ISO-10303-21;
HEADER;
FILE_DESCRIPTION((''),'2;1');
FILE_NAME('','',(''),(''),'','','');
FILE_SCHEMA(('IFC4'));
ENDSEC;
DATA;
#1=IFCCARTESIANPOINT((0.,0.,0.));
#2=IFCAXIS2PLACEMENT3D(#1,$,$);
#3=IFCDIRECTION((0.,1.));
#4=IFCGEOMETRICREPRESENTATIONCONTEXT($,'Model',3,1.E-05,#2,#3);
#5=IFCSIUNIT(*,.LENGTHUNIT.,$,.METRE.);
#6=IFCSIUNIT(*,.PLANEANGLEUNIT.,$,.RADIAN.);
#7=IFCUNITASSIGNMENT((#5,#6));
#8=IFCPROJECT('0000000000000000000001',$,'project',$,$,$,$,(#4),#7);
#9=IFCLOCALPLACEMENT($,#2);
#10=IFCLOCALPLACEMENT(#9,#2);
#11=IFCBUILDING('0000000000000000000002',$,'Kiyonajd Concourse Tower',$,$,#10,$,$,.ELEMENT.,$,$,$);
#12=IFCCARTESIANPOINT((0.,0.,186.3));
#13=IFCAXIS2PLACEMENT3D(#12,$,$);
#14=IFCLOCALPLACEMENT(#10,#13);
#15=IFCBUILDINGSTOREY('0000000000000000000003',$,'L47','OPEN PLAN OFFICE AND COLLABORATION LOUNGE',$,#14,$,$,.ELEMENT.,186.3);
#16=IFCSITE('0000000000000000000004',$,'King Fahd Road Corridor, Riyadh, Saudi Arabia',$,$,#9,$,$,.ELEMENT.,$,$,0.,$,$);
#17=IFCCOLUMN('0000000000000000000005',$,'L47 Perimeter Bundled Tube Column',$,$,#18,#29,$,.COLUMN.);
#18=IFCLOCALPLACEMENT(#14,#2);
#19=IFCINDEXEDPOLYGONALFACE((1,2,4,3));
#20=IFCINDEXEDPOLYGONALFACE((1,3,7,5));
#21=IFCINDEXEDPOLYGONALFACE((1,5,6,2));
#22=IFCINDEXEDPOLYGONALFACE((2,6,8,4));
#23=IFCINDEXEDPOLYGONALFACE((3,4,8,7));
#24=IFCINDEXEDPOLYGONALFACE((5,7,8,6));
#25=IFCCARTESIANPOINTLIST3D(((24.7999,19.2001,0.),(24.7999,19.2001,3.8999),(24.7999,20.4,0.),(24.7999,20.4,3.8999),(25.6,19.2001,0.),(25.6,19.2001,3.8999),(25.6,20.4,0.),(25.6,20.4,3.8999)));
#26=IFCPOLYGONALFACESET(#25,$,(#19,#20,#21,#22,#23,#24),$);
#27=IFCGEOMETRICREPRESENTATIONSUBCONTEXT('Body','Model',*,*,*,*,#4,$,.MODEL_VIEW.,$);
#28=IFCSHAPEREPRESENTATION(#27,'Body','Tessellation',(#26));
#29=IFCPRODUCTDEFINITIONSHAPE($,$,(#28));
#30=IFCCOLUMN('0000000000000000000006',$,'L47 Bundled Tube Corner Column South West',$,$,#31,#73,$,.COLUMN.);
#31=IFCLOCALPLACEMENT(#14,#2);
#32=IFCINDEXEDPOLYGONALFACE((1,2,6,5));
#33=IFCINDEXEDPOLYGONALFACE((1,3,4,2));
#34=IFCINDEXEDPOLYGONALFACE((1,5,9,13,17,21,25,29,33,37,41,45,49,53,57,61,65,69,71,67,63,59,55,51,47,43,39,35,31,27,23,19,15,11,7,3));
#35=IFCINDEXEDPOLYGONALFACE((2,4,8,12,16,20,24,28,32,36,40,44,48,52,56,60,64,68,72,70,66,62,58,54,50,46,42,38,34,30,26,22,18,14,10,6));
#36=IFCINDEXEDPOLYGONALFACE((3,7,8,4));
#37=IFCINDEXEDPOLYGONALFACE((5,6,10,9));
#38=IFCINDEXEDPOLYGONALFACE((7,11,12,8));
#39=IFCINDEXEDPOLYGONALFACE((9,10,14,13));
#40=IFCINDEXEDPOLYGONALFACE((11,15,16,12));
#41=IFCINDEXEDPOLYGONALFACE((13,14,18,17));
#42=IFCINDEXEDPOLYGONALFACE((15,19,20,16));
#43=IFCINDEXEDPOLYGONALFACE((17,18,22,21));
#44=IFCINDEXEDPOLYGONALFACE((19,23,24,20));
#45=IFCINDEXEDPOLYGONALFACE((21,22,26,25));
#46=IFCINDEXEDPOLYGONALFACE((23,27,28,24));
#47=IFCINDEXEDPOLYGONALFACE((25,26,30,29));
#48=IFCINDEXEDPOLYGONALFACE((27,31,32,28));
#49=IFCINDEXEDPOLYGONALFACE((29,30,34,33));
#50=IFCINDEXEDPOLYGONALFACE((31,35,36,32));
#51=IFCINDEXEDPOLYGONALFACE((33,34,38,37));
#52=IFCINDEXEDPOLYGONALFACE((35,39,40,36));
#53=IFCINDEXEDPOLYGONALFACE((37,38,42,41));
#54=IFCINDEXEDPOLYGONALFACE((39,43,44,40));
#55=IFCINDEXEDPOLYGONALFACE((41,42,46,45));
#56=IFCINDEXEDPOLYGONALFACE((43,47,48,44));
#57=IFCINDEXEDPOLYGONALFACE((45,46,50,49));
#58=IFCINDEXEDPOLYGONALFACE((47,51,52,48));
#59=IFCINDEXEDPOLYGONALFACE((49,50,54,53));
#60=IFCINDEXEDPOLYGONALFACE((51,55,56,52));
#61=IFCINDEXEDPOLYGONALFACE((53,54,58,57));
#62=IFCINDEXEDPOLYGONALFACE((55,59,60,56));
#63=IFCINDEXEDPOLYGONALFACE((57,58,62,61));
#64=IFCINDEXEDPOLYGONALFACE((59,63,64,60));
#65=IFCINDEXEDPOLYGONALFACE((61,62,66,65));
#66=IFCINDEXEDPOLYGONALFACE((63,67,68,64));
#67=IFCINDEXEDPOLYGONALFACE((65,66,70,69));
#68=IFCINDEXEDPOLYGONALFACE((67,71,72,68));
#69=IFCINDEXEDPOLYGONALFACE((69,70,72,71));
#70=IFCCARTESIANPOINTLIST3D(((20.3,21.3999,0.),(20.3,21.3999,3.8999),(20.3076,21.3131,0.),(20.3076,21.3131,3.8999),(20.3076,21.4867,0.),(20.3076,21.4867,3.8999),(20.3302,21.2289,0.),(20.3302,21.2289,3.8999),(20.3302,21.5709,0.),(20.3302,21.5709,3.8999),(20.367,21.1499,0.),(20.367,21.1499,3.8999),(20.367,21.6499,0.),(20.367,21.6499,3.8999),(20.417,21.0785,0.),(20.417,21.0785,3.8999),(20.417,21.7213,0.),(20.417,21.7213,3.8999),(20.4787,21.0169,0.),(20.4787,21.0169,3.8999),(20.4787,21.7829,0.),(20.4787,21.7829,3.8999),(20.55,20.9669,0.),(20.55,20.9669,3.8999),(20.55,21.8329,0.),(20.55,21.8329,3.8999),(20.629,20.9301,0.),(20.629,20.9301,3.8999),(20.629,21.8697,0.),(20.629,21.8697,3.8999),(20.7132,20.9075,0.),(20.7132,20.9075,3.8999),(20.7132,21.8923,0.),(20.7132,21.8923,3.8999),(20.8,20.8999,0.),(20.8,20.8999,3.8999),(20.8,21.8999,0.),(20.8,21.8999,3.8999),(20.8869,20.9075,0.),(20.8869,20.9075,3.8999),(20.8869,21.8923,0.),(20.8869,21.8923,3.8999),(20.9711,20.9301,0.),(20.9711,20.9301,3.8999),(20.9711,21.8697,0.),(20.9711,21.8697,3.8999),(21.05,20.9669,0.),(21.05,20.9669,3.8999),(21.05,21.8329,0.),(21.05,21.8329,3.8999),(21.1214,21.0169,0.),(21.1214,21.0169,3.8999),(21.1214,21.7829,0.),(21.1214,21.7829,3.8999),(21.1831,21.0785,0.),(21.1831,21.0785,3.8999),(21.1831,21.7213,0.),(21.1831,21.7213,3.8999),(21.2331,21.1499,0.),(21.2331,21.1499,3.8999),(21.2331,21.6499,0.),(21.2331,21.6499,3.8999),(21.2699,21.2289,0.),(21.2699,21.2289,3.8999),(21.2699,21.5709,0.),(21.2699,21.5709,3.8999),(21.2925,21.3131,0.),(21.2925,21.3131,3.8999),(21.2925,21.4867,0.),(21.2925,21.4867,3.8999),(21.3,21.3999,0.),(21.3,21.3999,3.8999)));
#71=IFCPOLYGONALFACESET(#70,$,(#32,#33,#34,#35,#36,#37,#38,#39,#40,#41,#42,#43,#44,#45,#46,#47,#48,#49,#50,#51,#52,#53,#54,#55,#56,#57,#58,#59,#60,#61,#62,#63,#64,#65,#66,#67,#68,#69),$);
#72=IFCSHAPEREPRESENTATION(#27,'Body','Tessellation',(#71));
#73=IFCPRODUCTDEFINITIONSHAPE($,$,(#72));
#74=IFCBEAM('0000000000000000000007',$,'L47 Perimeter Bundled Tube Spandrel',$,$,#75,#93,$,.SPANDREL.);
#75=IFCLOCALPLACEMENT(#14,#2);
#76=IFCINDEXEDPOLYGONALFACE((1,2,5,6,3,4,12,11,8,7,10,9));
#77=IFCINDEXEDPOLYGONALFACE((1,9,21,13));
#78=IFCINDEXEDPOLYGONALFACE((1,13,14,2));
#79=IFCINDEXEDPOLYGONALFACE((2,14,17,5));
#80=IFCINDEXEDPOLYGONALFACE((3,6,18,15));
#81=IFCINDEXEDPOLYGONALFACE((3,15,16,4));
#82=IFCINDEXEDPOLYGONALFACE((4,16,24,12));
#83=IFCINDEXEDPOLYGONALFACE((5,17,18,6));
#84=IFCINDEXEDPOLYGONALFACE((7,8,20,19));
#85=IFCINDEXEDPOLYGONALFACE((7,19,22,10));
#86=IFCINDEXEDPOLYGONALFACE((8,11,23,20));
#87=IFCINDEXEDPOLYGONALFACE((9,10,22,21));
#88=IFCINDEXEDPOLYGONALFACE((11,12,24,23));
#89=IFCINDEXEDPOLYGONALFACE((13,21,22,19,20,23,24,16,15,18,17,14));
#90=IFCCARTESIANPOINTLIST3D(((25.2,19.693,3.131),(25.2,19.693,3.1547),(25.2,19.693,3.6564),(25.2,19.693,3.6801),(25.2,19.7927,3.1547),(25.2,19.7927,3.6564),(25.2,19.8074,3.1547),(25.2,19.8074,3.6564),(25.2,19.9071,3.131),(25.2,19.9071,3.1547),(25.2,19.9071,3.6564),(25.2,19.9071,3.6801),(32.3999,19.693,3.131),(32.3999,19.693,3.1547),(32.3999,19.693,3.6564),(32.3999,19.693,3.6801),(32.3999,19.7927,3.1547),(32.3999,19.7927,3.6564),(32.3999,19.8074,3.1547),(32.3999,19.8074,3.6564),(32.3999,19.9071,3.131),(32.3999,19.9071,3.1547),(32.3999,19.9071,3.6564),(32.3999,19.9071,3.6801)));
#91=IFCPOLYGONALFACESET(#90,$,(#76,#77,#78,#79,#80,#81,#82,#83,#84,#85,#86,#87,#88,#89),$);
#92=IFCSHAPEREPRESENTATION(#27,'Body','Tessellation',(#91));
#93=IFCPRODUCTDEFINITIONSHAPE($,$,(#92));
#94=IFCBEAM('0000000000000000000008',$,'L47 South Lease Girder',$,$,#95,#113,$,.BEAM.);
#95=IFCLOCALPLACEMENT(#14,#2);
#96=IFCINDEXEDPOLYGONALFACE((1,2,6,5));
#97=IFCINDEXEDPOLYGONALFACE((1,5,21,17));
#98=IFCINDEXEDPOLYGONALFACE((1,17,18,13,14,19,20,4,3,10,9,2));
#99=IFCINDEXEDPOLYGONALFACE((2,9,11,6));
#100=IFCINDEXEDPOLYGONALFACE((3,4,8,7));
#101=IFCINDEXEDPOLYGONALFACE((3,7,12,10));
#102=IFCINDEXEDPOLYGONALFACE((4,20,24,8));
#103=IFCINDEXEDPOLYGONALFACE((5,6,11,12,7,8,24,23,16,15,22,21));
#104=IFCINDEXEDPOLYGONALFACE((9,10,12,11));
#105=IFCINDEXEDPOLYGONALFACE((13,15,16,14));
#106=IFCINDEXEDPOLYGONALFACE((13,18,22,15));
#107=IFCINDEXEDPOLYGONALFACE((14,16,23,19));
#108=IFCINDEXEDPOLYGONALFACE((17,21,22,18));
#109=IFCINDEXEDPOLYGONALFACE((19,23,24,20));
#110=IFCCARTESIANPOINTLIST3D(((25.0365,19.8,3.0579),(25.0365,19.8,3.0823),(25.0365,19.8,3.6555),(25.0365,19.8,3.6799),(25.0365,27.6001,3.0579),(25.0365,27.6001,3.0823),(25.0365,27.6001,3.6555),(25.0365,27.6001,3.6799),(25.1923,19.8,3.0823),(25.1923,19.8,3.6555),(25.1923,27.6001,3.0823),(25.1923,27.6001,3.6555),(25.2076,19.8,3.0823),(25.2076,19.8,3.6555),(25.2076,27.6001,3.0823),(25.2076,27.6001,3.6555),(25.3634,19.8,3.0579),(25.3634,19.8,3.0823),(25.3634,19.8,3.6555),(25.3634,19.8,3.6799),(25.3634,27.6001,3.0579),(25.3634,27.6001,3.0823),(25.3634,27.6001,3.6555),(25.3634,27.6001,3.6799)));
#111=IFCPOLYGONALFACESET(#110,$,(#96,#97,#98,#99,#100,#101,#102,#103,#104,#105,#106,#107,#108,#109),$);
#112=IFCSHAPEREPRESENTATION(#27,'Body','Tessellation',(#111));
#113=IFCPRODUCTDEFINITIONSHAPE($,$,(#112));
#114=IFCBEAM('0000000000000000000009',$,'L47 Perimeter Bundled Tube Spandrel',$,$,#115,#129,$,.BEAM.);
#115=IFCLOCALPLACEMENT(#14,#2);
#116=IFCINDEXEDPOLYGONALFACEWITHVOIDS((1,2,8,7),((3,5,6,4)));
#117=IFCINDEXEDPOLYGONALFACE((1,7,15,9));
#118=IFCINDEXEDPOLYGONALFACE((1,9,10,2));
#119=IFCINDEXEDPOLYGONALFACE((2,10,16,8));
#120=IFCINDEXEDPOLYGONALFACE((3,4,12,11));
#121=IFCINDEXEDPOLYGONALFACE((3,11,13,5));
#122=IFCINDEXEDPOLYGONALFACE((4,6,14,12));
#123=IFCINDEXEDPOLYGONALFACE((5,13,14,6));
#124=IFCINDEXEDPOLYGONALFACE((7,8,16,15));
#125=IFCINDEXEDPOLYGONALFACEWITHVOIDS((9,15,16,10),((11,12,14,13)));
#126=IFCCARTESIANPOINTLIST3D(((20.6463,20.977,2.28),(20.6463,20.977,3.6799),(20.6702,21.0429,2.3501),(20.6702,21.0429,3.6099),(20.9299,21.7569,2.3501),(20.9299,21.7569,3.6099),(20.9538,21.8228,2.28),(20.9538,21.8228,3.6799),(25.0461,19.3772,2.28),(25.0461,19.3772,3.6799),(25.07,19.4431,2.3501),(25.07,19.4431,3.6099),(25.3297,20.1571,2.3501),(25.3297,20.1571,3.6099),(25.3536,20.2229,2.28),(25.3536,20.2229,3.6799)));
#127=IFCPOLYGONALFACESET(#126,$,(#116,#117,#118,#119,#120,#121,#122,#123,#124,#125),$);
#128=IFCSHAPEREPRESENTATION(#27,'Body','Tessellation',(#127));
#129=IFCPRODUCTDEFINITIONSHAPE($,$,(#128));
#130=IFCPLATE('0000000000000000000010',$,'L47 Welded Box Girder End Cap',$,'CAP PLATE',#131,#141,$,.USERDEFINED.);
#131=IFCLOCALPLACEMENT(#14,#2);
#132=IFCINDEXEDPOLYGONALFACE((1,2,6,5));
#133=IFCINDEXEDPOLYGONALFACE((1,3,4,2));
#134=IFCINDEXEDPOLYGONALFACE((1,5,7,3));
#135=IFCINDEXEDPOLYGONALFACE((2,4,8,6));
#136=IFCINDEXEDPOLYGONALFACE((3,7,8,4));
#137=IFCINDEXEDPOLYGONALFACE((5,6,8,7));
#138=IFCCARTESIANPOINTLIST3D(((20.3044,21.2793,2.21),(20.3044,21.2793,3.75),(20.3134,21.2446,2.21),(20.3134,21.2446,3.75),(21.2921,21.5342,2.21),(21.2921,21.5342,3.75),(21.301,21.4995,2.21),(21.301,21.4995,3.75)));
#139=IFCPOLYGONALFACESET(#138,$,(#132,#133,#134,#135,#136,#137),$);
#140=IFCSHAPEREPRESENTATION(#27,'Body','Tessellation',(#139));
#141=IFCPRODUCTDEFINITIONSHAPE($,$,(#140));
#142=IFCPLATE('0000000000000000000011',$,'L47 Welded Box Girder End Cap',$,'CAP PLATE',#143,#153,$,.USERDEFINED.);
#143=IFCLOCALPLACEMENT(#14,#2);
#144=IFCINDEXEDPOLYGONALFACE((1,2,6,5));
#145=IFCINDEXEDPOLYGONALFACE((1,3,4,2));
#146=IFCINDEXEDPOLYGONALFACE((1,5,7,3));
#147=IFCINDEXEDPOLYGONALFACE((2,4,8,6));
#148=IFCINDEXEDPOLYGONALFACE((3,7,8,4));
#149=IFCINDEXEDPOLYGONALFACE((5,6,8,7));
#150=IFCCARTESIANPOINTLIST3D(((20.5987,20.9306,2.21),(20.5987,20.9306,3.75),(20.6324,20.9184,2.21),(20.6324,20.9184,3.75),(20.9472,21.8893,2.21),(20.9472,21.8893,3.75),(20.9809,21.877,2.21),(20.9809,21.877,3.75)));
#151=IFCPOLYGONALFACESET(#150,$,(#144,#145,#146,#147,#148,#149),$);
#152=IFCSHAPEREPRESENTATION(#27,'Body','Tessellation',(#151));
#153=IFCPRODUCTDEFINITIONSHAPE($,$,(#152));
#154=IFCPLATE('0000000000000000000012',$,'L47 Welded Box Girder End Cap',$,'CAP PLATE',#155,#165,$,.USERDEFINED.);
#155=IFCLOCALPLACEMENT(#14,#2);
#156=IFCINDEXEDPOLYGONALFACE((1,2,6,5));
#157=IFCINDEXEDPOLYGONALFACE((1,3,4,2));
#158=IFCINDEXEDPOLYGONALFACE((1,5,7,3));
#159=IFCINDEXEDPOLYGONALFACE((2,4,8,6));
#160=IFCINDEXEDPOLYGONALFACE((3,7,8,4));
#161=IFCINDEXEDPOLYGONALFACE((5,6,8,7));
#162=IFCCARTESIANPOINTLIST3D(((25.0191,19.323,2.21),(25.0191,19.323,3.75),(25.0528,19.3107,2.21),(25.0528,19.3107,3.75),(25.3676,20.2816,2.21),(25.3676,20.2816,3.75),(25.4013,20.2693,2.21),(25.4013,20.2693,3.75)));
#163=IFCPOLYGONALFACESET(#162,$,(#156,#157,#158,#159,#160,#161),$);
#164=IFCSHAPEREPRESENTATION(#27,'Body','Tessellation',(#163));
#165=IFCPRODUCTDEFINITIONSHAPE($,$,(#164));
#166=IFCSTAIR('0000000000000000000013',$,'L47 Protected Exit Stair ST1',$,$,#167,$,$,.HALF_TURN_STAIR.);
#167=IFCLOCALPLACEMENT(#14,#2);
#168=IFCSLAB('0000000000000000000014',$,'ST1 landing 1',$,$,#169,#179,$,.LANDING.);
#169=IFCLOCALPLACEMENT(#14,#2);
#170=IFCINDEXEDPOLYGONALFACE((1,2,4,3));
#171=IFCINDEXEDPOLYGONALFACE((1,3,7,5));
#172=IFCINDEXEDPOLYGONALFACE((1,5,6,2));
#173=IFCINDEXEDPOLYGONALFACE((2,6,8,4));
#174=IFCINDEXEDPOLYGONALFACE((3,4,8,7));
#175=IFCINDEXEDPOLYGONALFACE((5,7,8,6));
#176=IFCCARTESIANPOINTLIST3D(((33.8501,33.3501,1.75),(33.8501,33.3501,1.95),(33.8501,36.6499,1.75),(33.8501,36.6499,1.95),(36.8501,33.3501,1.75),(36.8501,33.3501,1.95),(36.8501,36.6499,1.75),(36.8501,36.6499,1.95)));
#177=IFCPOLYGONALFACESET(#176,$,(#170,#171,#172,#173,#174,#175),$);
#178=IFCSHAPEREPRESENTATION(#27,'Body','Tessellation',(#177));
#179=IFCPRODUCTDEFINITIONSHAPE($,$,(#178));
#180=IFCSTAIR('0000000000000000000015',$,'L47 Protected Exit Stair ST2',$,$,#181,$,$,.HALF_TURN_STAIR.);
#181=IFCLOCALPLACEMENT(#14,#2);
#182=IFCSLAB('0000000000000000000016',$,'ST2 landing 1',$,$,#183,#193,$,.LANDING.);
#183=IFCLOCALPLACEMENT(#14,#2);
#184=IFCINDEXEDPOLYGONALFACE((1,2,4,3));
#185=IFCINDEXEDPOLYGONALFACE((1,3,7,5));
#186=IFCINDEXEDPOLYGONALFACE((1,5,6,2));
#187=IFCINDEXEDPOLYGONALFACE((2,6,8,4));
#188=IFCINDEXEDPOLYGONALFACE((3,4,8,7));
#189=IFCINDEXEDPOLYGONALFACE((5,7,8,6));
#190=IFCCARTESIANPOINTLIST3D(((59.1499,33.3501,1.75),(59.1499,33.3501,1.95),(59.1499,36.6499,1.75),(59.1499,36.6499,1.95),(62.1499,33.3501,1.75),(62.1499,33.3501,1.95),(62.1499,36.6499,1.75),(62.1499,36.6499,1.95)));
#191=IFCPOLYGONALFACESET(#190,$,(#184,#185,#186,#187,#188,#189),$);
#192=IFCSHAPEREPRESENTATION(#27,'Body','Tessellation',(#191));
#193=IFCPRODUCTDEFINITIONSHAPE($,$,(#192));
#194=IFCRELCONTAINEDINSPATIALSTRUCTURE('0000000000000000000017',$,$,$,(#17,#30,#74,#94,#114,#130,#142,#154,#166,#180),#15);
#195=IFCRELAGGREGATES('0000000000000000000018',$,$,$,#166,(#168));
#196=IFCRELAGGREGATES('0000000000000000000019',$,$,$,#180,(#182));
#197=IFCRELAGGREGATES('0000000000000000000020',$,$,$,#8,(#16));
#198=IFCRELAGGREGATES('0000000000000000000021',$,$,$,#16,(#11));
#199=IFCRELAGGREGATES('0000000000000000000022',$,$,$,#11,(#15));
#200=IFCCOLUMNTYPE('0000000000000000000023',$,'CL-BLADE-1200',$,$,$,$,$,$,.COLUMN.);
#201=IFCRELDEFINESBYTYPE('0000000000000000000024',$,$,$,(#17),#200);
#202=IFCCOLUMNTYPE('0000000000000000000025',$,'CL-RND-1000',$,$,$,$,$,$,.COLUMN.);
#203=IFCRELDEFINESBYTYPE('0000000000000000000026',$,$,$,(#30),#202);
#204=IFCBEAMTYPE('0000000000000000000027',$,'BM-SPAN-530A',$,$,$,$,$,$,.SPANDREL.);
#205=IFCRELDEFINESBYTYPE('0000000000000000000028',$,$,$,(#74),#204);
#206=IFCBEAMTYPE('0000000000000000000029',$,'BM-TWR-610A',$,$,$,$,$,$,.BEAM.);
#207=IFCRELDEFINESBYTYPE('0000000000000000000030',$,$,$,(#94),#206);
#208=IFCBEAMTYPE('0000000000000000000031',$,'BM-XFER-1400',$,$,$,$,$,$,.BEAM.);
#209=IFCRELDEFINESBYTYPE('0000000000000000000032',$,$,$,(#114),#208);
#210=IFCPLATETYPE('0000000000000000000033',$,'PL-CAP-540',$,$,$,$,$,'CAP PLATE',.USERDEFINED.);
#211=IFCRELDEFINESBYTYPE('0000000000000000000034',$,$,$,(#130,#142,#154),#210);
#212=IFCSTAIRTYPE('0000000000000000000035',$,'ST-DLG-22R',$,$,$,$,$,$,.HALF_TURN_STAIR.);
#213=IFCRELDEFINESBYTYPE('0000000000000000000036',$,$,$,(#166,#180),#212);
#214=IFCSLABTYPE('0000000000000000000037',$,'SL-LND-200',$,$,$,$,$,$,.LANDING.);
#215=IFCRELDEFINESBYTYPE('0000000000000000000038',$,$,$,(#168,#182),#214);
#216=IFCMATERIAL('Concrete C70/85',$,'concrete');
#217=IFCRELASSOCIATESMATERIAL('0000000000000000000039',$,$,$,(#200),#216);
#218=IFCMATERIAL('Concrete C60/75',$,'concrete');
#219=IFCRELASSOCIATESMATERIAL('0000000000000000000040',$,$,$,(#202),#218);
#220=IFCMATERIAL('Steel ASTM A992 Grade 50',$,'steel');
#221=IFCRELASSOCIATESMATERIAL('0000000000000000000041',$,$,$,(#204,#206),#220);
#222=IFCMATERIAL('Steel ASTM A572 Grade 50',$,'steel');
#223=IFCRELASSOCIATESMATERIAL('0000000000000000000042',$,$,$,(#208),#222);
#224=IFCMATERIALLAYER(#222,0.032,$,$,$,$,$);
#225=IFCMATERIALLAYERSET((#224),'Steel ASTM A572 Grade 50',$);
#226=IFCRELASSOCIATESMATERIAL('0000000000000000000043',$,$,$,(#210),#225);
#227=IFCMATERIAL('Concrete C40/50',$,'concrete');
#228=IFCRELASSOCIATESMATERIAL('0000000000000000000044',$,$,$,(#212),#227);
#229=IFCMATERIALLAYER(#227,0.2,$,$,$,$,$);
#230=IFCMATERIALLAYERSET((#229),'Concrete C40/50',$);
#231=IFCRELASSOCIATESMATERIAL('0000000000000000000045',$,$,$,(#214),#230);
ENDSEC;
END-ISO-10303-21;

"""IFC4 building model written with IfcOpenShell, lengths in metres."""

from ifc_helpers import new_model, si_unit, direction, frame, origin, origin_2d, place, context, subcontext, project, spatial, polyline, rectangle, hollow_rectangle, circle, i_section, outline, extrude, material, layer, layer_set, material_profile, profile_set, type_object, element, aggregate, save


model = new_model("IFC4")

# Units and contexts
model_context = context("Model", 3, precision=1e-05, world=origin(), true_north=direction((0.0, 1.0)))
body_context = subcontext(model_context, "Body", "Model", "MODEL_VIEW")
ifc_project = project(units=[si_unit("LENGTHUNIT", "METRE"), si_unit("PLANEANGLEUNIT", "RADIAN")], contexts=[model_context])

# Site, building, storey
site_placement = place(None, origin())
site = spatial("IfcSite", under=ifc_project, at=site_placement, Name="King Fahd Road Corridor, Riyadh, Saudi Arabia", CompositionType="ELEMENT", RefElevation=0.0)
building_placement = place(site_placement, origin())
building = spatial("IfcBuilding", under=site, at=building_placement, Name="Kiyonajd Concourse Tower", CompositionType="ELEMENT")
storey_placement = place(building_placement, frame((0.0, 0.0, 186.3)))
storey = spatial("IfcBuildingStorey", under=building, at=storey_placement, Name="L47", Description="OPEN PLAN OFFICE AND COLLABORATION LOUNGE", CompositionType="ELEMENT", Elevation=186.3)

# Columns
ifc_material_1 = material(Name="Concrete C70/85", Category="concrete")
ifc_material_profile_1 = material_profile(ifc_material_1, rectangle(XDim=0.8, YDim=1.2, at=origin_2d()), Name="RC-1200x800")
ifc_profile_set_1 = profile_set([ifc_material_profile_1], Name="Concrete C70/85")
column_type_1 = type_object("IfcColumnType", Name="CL-BLADE-1200", PredefinedType="COLUMN", material=ifc_profile_set_1)
column_1_placement = place(storey_placement, frame((25.2, 19.8, 0.0), z_axis=(0.0, 0.0, 1.0), x_axis=(1.0, 0.0, 0.0)))
element("IfcColumn", 1, at=column_1_placement, inside=storey, type_object=column_type_1, Name="L47 Perimeter Bundled Tube Column", PredefinedType="COLUMN", context=body_context, shape_type="SweptSolid", body=[
    extrude(rectangle(XDim=0.8, YDim=1.2, at=origin_2d()), origin(), (0.0, 0.0, 1.0), 3.8999),
])
ifc_material_2 = material(Name="Concrete C60/75", Category="concrete")
ifc_material_profile_2 = material_profile(ifc_material_2, circle(Radius=0.5, at=origin_2d()), Name="RCC-D1000")
ifc_profile_set_2 = profile_set([ifc_material_profile_2], Name="Concrete C60/75")
column_type_2 = type_object("IfcColumnType", Name="CL-RND-1000", PredefinedType="COLUMN", material=ifc_profile_set_2)
column_2_placement = place(storey_placement, frame((20.8, 21.3999, 0.0), z_axis=(0.0, 0.0, 1.0), x_axis=(1.0, 0.0, 0.0)))
element("IfcColumn", 2, at=column_2_placement, inside=storey, type_object=column_type_2, Name="L47 Bundled Tube Corner Column South West", PredefinedType="COLUMN", context=body_context, shape_type="SweptSolid", body=[
    extrude(circle(Radius=0.5, at=origin_2d()), origin(), (0.0, 0.0, 1.0), 3.8999),
])

# Beams
ifc_material_3 = material(Name="Steel ASTM A992 Grade 50", Category="steel")
ifc_material_profile_3 = material_profile(ifc_material_3, i_section(OverallWidth=0.2141, OverallDepth=0.5491, WebThickness=0.0146, FlangeThickness=0.0237, at=origin_2d()), Name="W530X138")
ifc_profile_set_3 = profile_set([ifc_material_profile_3], Name="Steel ASTM A992 Grade 50")
beam_type_1 = type_object("IfcBeamType", Name="BM-SPAN-530A", PredefinedType="SPANDREL", material=ifc_profile_set_3)
beam_1_placement = place(storey_placement, frame((25.2, 19.8, 3.4055), z_axis=(1.0, 0.0, 0.0), x_axis=(0.0, 1.0, 0.0)))
element("IfcBeam", 3, at=beam_1_placement, inside=storey, type_object=beam_type_1, Name="L47 Perimeter Bundled Tube Spandrel", PredefinedType="SPANDREL", context=body_context, shape_type="SweptSolid", body=[
    extrude(i_section(OverallWidth=0.2141, OverallDepth=0.5491, WebThickness=0.0146, FlangeThickness=0.0237, at=origin_2d()), origin(), (0.0, 0.0, 1.0), 7.2),
])
ifc_material_profile_4 = material_profile(ifc_material_3, i_section(OverallWidth=0.3269, OverallDepth=0.6221, WebThickness=0.0154, FlangeThickness=0.0244, at=origin_2d()), Name="W610X195")
ifc_profile_set_4 = profile_set([ifc_material_profile_4], Name="Steel ASTM A992 Grade 50")
beam_type_2 = type_object("IfcBeamType", Name="BM-TWR-610A", PredefinedType="BEAM", material=ifc_profile_set_4)
beam_2_placement = place(storey_placement, frame((25.2, 19.8, 3.3689), z_axis=(0.0, 1.0, 0.0), x_axis=(-1.0, 0.0, 0.0)))
element("IfcBeam", 4, at=beam_2_placement, inside=storey, type_object=beam_type_2, Name="L47 South Lease Girder", PredefinedType="BEAM", context=body_context, shape_type="SweptSolid", body=[
    extrude(i_section(OverallWidth=0.3269, OverallDepth=0.6221, WebThickness=0.0154, FlangeThickness=0.0244, at=origin_2d()), origin(), (0.0, 0.0, 1.0), 7.8),
])
ifc_material_4 = material(Name="Steel ASTM A572 Grade 50", Category="steel")
ifc_material_profile_5 = material_profile(ifc_material_4, hollow_rectangle(XDim=0.8999, YDim=1.3999, WallThickness=0.0701, at=origin_2d()), Name="BOX-1400x900x70")
ifc_profile_set_5 = profile_set([ifc_material_profile_5], Name="Steel ASTM A572 Grade 50")
beam_type_3 = type_object("IfcBeamType", Name="BM-XFER-1400", PredefinedType="BEAM", material=ifc_profile_set_5)
beam_3_placement = place(storey_placement, frame((20.8, 21.3999, 2.98), z_axis=(0.939801, -0.341722, 0.0), x_axis=(0.341722, 0.939801, 0.0)))
element("IfcBeam", 5, at=beam_3_placement, inside=storey, type_object=beam_type_3, Name="L47 Perimeter Bundled Tube Spandrel", PredefinedType="BEAM", context=body_context, shape_type="SweptSolid", body=[
    extrude(hollow_rectangle(XDim=0.8999, YDim=1.3999, WallThickness=0.0701, at=origin_2d()), origin(), (0.0, 0.0, 1.0), 4.6816),
])

# Plates
ifc_layer_1 = layer(ifc_material_4, 0.032)
ifc_layer_set_1 = layer_set([ifc_layer_1], Name="Steel ASTM A572 Grade 50")
plate_type = type_object("IfcPlateType", Name="PL-CAP-540", ElementType="CAP PLATE", PredefinedType="USERDEFINED", material=ifc_layer_set_1)
for number, where, z_axis, x_axis, name in (
    (6, (20.8027, 21.3894, 2.21), (0.0, 0.0, 1.0), (0.249873, -0.968279, 0.0), "L47 Welded Box Girder End Cap"),
    (7, (20.7898, 21.4038, 2.21), (0.0, 0.0, 1.0), (-0.939812, 0.341692, 0.0), "L47 Welded Box Girder End Cap"),
    (8, (25.2102, 19.7961, 2.21), (0.0, 0.0, 1.0), (0.939812, -0.341692, 0.0), "L47 Welded Box Girder End Cap"),
):
    element("IfcPlate", number, at=place(storey_placement, frame(where, z_axis=z_axis, x_axis=x_axis)), inside=storey, type_object=plate_type, Name=name, ObjectType="CAP PLATE", PredefinedType="USERDEFINED", context=body_context, shape_type="SweptSolid", body=[
        extrude(rectangle(XDim=0.0359, YDim=1.02, at=origin_2d()), origin(), (0.0, 0.0, 1.0), 1.54),
    ])

# Stairs, slabs
ifc_material_5 = material(Name="Concrete C40/50", Category="concrete")
stair_type = type_object("IfcStairType", Name="ST-DLG-22R", PredefinedType="HALF_TURN_STAIR", material=ifc_material_5)
stair_1_placement = place(storey_placement, origin())
stair_1 = element("IfcStair", 9, at=stair_1_placement, inside=storey, type_object=stair_type, Name="L47 Protected Exit Stair ST1", PredefinedType="HALF_TURN_STAIR")
ifc_layer_2 = layer(ifc_material_5, 0.2)
ifc_layer_set_2 = layer_set([ifc_layer_2], Name="Concrete C40/50")
slab_type_1 = type_object("IfcSlabType", Name="SL-LND-200", PredefinedType="LANDING", material=ifc_layer_set_2)
slab_1_placement = place(storey_placement, frame((0.0, 0.0, 1.75)))
slab_1 = element("IfcSlab", 10, at=slab_1_placement, type_object=slab_type_1, Name="ST1 landing 1", PredefinedType="LANDING", context=body_context, shape_type="SweptSolid", body=[
    extrude(outline(polyline([(36.8501, 33.3501), (36.8501, 36.6499), (33.8501, 36.6499), (33.8501, 33.3501), (36.8501, 33.3501)])), origin(), (0.0, 0.0, 1.0), 0.2),
])
aggregate(stair_1, [slab_1])
stair_2_placement = place(storey_placement, origin())
stair_2 = element("IfcStair", 11, at=stair_2_placement, inside=storey, type_object=stair_type, Name="L47 Protected Exit Stair ST2", PredefinedType="HALF_TURN_STAIR")
slab_2_placement = place(storey_placement, frame((0.0, 0.0, 1.75)))
slab_2 = element("IfcSlab", 12, at=slab_2_placement, type_object=slab_type_1, Name="ST2 landing 1", PredefinedType="LANDING", context=body_context, shape_type="SweptSolid", body=[
    extrude(outline(polyline([(62.1499, 33.3501), (62.1499, 36.6499), (59.1499, 36.6499), (59.1499, 33.3501), (62.1499, 33.3501)])), origin(), (0.0, 0.0, 1.0), 0.2),
])
aggregate(stair_2, [slab_2])

save(model, "model.ifc")
